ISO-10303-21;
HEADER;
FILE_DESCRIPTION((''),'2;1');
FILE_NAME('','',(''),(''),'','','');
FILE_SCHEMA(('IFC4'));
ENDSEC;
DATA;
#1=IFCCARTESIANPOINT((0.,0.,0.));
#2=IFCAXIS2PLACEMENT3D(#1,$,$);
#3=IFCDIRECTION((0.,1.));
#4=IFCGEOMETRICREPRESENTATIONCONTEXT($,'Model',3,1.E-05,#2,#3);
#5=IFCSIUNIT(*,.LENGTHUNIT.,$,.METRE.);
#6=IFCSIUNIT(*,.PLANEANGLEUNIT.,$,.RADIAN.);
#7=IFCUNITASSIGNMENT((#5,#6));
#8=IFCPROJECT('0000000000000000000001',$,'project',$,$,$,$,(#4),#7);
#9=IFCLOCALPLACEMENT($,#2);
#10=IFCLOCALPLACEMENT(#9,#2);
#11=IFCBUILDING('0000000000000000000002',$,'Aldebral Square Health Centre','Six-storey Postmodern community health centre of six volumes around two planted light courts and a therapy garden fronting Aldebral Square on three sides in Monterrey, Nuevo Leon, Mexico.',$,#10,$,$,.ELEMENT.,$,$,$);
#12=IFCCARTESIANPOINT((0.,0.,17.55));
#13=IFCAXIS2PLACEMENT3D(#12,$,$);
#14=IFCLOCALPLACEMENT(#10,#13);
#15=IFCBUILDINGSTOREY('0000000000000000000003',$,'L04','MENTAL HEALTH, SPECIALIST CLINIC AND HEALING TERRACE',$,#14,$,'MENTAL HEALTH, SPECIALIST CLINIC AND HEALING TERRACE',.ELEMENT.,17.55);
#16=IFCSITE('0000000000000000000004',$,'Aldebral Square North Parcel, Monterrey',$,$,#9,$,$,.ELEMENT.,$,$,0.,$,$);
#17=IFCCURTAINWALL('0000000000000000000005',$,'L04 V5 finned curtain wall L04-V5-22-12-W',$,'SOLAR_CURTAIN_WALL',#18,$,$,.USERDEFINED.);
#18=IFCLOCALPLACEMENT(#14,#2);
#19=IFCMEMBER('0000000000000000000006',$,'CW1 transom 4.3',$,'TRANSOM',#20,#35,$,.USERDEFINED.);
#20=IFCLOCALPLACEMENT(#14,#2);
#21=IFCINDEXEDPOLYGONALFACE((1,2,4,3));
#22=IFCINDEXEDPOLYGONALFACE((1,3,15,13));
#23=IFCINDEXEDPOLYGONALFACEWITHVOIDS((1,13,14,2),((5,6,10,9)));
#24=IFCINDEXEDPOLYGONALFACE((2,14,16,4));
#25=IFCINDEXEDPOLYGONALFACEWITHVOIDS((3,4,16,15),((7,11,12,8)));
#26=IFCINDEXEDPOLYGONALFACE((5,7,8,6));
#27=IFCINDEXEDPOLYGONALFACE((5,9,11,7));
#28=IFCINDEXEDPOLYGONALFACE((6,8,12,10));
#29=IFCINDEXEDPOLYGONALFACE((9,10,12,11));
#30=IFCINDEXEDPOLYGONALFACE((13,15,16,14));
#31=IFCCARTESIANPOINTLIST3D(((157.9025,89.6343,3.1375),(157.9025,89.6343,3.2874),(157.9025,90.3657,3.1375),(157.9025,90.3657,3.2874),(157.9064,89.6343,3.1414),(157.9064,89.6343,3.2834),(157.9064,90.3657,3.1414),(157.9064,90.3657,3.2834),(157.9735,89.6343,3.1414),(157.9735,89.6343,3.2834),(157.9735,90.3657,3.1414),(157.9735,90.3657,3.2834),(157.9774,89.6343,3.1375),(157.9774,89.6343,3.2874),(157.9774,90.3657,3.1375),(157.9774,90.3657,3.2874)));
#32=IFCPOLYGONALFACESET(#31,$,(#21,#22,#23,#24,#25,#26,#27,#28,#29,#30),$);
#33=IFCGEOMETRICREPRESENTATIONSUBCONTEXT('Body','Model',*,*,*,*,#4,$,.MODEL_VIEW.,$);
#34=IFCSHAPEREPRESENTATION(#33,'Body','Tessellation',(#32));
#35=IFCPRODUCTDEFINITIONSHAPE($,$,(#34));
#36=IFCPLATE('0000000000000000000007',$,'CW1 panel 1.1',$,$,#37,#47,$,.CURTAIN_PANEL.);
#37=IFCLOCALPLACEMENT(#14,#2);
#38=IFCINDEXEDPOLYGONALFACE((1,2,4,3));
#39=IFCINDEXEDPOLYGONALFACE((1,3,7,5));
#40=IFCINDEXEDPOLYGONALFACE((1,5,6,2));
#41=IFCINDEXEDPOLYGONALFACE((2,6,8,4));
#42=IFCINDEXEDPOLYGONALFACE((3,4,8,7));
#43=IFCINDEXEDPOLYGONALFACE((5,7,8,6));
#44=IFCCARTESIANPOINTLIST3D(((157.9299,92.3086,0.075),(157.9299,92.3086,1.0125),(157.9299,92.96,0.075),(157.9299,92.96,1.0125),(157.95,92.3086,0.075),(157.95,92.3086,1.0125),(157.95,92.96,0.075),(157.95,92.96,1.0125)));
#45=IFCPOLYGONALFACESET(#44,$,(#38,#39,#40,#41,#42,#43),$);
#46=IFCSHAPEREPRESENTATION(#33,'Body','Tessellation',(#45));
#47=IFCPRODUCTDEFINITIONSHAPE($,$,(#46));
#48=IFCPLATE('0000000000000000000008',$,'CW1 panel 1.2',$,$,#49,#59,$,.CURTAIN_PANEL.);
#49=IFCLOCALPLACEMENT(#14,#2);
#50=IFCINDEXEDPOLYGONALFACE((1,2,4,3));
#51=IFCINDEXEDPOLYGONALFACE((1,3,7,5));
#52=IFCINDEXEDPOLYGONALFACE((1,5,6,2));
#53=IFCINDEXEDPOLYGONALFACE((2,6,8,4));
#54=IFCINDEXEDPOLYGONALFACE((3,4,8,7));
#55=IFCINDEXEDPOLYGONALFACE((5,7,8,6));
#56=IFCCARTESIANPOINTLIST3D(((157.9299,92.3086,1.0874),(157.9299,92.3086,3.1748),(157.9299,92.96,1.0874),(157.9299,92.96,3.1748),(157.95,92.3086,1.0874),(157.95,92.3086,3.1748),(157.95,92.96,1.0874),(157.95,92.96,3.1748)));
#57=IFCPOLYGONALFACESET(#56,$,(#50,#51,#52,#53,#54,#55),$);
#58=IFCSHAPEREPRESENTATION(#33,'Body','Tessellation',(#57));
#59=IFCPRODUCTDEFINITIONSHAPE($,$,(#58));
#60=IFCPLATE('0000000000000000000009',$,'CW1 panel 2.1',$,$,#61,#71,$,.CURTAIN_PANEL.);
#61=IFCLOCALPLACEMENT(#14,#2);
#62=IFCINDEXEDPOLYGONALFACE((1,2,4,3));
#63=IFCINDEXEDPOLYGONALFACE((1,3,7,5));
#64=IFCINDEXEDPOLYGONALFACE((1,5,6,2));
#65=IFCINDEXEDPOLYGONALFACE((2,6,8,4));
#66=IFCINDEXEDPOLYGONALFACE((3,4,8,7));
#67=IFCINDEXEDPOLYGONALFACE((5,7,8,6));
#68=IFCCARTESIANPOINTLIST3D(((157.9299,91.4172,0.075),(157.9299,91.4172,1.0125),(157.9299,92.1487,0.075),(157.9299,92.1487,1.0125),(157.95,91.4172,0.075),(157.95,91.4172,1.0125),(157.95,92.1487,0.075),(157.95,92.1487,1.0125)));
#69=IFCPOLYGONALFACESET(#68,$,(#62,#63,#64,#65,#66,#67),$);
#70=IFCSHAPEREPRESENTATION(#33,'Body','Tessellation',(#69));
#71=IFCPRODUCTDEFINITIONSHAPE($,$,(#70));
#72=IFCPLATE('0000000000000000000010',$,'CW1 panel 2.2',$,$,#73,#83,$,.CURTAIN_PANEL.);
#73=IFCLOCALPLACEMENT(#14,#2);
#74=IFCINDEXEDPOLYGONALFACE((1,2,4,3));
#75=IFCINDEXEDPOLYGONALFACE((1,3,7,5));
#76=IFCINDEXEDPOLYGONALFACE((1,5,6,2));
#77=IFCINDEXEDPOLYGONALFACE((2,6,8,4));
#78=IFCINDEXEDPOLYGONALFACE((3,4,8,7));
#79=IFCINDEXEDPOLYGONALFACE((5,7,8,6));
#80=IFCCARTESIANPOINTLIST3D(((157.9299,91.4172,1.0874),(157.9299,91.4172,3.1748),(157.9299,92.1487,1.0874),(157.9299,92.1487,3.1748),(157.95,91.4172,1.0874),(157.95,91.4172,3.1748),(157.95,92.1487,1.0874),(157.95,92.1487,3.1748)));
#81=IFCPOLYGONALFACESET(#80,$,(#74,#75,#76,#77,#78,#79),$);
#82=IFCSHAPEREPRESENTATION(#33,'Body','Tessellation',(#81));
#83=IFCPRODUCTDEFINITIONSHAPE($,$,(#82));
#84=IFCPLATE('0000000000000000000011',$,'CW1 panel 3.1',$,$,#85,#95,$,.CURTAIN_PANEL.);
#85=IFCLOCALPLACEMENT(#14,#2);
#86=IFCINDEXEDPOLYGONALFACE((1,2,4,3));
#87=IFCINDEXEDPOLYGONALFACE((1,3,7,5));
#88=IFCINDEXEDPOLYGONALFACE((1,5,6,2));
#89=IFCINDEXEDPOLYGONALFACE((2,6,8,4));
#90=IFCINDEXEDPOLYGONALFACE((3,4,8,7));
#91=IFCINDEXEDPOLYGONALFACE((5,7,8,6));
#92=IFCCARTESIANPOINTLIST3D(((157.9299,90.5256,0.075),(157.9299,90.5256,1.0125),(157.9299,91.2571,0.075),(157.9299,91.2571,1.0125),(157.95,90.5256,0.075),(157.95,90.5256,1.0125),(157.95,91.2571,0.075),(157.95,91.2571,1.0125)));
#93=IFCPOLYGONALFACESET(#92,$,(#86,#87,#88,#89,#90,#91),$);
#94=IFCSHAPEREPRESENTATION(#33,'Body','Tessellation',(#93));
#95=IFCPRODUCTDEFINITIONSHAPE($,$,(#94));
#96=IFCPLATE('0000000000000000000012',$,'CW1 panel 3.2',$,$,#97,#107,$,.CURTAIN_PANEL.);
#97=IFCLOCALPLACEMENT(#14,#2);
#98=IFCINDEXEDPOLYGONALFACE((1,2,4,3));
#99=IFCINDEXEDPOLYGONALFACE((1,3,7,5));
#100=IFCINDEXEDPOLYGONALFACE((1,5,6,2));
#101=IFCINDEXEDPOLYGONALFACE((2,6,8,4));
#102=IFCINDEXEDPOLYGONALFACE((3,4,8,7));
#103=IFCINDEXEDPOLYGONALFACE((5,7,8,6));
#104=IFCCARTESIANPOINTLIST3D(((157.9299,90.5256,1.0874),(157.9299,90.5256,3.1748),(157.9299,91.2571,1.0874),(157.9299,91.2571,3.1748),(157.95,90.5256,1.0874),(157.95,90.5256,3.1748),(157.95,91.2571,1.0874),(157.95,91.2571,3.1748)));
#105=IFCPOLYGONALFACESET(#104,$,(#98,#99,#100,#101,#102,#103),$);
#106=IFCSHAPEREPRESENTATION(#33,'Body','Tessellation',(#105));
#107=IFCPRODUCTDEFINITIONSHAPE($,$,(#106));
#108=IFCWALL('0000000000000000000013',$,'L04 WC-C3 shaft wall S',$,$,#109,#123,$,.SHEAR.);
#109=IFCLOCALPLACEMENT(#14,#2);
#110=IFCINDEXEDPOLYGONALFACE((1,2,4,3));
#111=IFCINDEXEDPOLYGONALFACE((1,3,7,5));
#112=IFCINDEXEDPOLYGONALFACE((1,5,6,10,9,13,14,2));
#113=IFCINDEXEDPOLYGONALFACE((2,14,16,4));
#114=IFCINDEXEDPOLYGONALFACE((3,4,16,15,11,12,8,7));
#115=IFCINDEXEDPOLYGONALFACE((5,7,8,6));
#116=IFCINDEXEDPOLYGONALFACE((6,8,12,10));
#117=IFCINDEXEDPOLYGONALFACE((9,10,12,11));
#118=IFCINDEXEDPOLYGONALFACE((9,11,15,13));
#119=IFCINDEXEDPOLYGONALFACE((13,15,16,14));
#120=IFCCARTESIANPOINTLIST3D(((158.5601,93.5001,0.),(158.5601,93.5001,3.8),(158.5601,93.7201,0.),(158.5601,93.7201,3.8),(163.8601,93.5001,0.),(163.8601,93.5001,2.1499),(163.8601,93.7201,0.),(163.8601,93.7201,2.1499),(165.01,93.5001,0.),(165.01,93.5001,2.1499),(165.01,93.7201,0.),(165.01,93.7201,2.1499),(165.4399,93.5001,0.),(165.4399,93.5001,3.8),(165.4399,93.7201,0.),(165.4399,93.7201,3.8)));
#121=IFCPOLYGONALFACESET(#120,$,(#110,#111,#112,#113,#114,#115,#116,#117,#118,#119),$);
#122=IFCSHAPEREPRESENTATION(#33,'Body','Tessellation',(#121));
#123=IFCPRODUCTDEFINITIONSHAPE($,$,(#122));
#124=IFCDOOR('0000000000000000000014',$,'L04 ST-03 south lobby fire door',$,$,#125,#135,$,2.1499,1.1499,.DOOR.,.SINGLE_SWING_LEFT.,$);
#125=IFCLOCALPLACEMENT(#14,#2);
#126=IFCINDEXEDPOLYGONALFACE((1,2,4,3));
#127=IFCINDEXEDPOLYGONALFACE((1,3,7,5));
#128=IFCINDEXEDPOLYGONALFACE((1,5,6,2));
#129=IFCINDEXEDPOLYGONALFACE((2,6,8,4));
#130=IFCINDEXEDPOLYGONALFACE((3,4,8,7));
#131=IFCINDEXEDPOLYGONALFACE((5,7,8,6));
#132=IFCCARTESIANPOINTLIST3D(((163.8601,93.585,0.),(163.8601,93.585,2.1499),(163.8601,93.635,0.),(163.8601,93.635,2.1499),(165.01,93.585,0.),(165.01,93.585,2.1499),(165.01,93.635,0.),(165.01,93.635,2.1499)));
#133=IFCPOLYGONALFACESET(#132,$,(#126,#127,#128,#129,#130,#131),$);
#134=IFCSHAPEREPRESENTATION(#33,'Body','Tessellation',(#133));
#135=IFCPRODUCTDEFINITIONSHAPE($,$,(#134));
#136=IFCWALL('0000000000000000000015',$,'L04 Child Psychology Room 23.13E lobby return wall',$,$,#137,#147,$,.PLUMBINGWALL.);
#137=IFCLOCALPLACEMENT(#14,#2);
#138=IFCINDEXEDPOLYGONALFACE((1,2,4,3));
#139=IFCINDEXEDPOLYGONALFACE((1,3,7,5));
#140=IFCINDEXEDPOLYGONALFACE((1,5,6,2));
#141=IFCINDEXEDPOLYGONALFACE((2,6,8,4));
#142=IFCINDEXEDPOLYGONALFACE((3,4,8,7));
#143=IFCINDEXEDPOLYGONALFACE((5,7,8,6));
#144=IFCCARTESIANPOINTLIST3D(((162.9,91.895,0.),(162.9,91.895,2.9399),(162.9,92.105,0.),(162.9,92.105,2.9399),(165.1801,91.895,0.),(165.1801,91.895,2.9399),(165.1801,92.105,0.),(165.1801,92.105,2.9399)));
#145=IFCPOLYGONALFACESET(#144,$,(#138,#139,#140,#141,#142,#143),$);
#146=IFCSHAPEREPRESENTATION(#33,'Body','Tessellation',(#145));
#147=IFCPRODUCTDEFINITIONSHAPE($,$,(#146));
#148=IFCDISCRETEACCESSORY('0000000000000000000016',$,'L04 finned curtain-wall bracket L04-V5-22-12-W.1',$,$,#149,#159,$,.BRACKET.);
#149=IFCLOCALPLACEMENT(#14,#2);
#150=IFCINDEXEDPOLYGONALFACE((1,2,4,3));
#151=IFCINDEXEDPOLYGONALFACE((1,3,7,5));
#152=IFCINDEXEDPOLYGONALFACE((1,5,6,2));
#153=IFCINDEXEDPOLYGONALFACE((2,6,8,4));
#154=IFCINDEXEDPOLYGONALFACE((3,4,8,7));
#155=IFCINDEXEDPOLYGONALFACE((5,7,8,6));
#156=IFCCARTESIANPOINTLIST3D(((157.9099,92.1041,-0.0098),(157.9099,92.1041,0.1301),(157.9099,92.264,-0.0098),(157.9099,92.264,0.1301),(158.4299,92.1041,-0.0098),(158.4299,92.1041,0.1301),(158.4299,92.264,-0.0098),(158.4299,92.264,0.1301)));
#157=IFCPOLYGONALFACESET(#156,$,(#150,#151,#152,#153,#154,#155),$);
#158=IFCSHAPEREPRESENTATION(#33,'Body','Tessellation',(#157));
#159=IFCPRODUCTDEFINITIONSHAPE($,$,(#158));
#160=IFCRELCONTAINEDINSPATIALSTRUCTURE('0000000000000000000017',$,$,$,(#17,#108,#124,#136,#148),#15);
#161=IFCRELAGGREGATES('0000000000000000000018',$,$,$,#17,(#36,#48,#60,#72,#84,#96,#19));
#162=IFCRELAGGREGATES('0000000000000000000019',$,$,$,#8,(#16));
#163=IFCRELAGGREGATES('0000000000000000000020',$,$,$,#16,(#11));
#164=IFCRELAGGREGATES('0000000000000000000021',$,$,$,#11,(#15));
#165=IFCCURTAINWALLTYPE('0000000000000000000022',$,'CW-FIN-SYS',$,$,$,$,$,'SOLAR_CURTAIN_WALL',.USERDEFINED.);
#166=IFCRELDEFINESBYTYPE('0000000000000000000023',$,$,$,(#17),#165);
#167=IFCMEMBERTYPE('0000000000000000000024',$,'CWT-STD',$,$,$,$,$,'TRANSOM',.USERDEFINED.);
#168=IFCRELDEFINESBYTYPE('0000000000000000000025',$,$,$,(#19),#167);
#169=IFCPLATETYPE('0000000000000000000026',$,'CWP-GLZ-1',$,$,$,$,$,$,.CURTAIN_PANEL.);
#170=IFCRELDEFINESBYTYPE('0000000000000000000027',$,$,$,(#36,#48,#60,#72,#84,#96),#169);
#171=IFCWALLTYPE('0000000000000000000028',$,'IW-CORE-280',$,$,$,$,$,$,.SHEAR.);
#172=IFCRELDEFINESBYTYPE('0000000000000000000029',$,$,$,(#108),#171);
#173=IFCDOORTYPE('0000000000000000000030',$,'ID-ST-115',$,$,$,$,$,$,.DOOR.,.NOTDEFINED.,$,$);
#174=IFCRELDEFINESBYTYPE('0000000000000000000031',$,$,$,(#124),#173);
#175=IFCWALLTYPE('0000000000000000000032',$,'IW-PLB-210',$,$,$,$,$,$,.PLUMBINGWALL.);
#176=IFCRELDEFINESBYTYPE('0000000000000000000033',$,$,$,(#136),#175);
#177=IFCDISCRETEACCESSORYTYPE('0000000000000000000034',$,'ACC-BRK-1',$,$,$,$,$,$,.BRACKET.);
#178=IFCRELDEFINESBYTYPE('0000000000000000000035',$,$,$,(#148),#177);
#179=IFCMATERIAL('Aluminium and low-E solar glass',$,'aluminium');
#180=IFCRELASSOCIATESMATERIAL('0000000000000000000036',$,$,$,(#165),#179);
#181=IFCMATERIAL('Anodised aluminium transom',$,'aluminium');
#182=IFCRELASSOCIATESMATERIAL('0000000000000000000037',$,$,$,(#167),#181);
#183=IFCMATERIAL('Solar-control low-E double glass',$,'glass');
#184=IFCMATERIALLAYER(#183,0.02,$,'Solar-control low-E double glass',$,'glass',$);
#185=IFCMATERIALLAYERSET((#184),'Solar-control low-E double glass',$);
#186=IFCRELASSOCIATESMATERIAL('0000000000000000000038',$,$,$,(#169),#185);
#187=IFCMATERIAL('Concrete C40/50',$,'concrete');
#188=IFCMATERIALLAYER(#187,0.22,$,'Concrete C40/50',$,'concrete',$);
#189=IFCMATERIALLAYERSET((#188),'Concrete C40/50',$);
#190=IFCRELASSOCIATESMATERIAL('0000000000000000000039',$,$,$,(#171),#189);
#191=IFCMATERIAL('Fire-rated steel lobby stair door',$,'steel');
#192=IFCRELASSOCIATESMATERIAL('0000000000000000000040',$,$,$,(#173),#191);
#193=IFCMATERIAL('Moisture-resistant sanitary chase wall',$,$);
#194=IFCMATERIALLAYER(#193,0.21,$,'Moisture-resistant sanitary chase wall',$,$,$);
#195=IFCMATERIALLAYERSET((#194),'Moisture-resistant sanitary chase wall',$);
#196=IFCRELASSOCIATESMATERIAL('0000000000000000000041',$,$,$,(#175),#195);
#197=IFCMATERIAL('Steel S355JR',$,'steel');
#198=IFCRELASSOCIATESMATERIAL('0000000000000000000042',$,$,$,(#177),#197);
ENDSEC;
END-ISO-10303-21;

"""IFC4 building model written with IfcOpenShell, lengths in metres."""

from ifc_helpers import new_model, si_unit, direction, frame, frame_2d, origin, origin_2d, place, context, subcontext, project, spatial, rectangle, hollow_rectangle, extrude, material, layer, layer_set, material_profile, profile_set, type_object, element, fill, aggregate, save


model = new_model("IFC4")

# Units and contexts
model_context = context("Model", 3, precision=1e-05, world=origin(), true_north=direction((0.0, 1.0)))
body_context = subcontext(model_context, "Body", "Model", "MODEL_VIEW")
ifc_project = project(units=[si_unit("LENGTHUNIT", "METRE"), si_unit("PLANEANGLEUNIT", "RADIAN")], contexts=[model_context])

# Site, building, storey
site_placement = place(None, origin())
site = spatial("IfcSite", under=ifc_project, at=site_placement, Name="Aldebral Square North Parcel, Monterrey", CompositionType="ELEMENT", RefElevation=0.0)
building_placement = place(site_placement, origin())
building = spatial("IfcBuilding", under=site, at=building_placement, Name="Aldebral Square Health Centre", Description="Six-storey Postmodern community health centre of six volumes around two planted light courts and a therapy garden fronting Aldebral Square on three sides in Monterrey, Nuevo Leon, Mexico.", CompositionType="ELEMENT")
storey_placement = place(building_placement, frame((0.0, 0.0, 17.55)))
storey = spatial("IfcBuildingStorey", under=building, at=storey_placement, Name="L04", Description="MENTAL HEALTH, SPECIALIST CLINIC AND HEALING TERRACE", LongName="MENTAL HEALTH, SPECIALIST CLINIC AND HEALING TERRACE", CompositionType="ELEMENT", Elevation=17.55)

# Shared definitions
ifc_material_1 = material(Name="Concrete C40/50", Category="concrete")

# Curtain wall, member, plates
ifc_material_2 = material(Name="Aluminium and low-E solar glass", Category="aluminium")
curtain_wall_type = type_object("IfcCurtainWallType", Name="CW-FIN-SYS", ElementType="SOLAR_CURTAIN_WALL", PredefinedType="USERDEFINED", material=ifc_material_2)
curtain_wall_placement = place(storey_placement, origin())
curtain_wall = element("IfcCurtainWall", 1, at=curtain_wall_placement, inside=storey, type_object=curtain_wall_type, Name="L04 V5 finned curtain wall L04-V5-22-12-W", ObjectType="SOLAR_CURTAIN_WALL", PredefinedType="USERDEFINED")
ifc_material_3 = material(Name="Anodised aluminium transom", Category="aluminium")
ifc_material_profile_1 = material_profile(ifc_material_3, hollow_rectangle(XDim=0.075, YDim=0.1499, WallThickness=0.0039, at=origin_2d()), Name="CWT 75x150x4")
ifc_profile_set_1 = profile_set([ifc_material_profile_1], Name="Anodised aluminium transom")
member_type = type_object("IfcMemberType", Name="CWT-STD", ElementType="TRANSOM", PredefinedType="USERDEFINED", material=ifc_profile_set_1)
member_1_placement = place(storey_placement, frame((157.9399, 90.3657, 3.2124), z_axis=(0.0, -1.0, 0.0), x_axis=(1.0, 0.0, 0.0)))
member_1 = element("IfcMember", 2, at=member_1_placement, type_object=member_type, Name="CW1 transom 4.3", ObjectType="TRANSOM", PredefinedType="USERDEFINED", context=body_context, shape_type="SweptSolid", body=[
    extrude(hollow_rectangle(XDim=0.075, YDim=0.1499, WallThickness=0.0039, at=origin_2d()), origin(), (0.0, 0.0, 1.0), 0.7314),
])
ifc_material_4 = material(Name="Solar-control low-E double glass", Category="glass")
ifc_layer_1 = layer(ifc_material_4, 0.02, Name="Solar-control low-E double glass", Category="glass")
ifc_layer_set_1 = layer_set([ifc_layer_1], Name="Solar-control low-E double glass")
plate_type = type_object("IfcPlateType", Name="CWP-GLZ-1", PredefinedType="CURTAIN_PANEL", material=ifc_layer_set_1)
plate_1_placement = place(storey_placement, frame((157.9399, 92.6343, 0.075), z_axis=(0.0, 0.0, 1.0), x_axis=(0.0, -1.0, 0.0)))
plate_1 = element("IfcPlate", 3, at=plate_1_placement, type_object=plate_type, Name="CW1 panel 1.1", PredefinedType="CURTAIN_PANEL", context=body_context, shape_type="SweptSolid", body=[
    extrude(rectangle(XDim=0.6514, YDim=0.02, at=origin_2d()), origin(), (0.0, 0.0, 1.0), 0.9375),
])
plate_2_placement = place(storey_placement, frame((157.9399, 92.6343, 1.0874), z_axis=(0.0, 0.0, 1.0), x_axis=(0.0, -1.0, 0.0)))
plate_2 = element("IfcPlate", 4, at=plate_2_placement, type_object=plate_type, Name="CW1 panel 1.2", PredefinedType="CURTAIN_PANEL", context=body_context, shape_type="SweptSolid", body=[
    extrude(rectangle(XDim=0.6514, YDim=0.02, at=origin_2d()), origin(), (0.0, 0.0, 1.0), 2.0874),
])
plate_3_placement = place(storey_placement, frame((157.9399, 91.783, 0.075), z_axis=(0.0, 0.0, 1.0), x_axis=(0.0, -1.0, 0.0)))
plate_3 = element("IfcPlate", 5, at=plate_3_placement, type_object=plate_type, Name="CW1 panel 2.1", PredefinedType="CURTAIN_PANEL", context=body_context, shape_type="SweptSolid", body=[
    extrude(rectangle(XDim=0.7314, YDim=0.02, at=origin_2d()), origin(), (0.0, 0.0, 1.0), 0.9375),
])
plate_4_placement = place(storey_placement, frame((157.9399, 91.783, 1.0874), z_axis=(0.0, 0.0, 1.0), x_axis=(0.0, -1.0, 0.0)))
plate_4 = element("IfcPlate", 6, at=plate_4_placement, type_object=plate_type, Name="CW1 panel 2.2", PredefinedType="CURTAIN_PANEL", context=body_context, shape_type="SweptSolid", body=[
    extrude(rectangle(XDim=0.7314, YDim=0.02, at=origin_2d()), origin(), (0.0, 0.0, 1.0), 2.0874),
])
plate_5_placement = place(storey_placement, frame((157.9399, 90.8914, 0.075), z_axis=(0.0, 0.0, 1.0), x_axis=(0.0, -1.0, 0.0)))
plate_5 = element("IfcPlate", 7, at=plate_5_placement, type_object=plate_type, Name="CW1 panel 3.1", PredefinedType="CURTAIN_PANEL", context=body_context, shape_type="SweptSolid", body=[
    extrude(rectangle(XDim=0.7314, YDim=0.02, at=origin_2d()), origin(), (0.0, 0.0, 1.0), 0.9375),
])
plate_6_placement = place(storey_placement, frame((157.9399, 90.8914, 1.0874), z_axis=(0.0, 0.0, 1.0), x_axis=(0.0, -1.0, 0.0)))
plate_6 = element("IfcPlate", 8, at=plate_6_placement, type_object=plate_type, Name="CW1 panel 3.2", PredefinedType="CURTAIN_PANEL", context=body_context, shape_type="SweptSolid", body=[
    extrude(rectangle(XDim=0.7314, YDim=0.02, at=origin_2d()), origin(), (0.0, 0.0, 1.0), 2.0874),
])
aggregate(curtain_wall, [plate_1, plate_2, plate_3, plate_4, plate_5, plate_6, member_1])

# Wall, opening, door
ifc_layer_2 = layer(ifc_material_1, 0.22, Name="Concrete C40/50", Category="concrete")
ifc_layer_set_2 = layer_set([ifc_layer_2], Name="Concrete C40/50")
wall_type_1 = type_object("IfcWallType", Name="IW-CORE-280", PredefinedType="SHEAR", material=ifc_layer_set_2)
wall_1_placement = place(storey_placement, frame((158.5601, 93.6101, 0.0), z_axis=(0.0, 0.0, 1.0), x_axis=(1.0, 0.0, 0.0)))
wall_1 = element("IfcWall", 9, at=wall_1_placement, inside=storey, type_object=wall_type_1, Name="L04 WC-C3 shaft wall S", PredefinedType="SHEAR", context=body_context, shape_type="SweptSolid", body=[
    extrude(rectangle(XDim=6.8799, YDim=0.22, at=frame_2d((3.4399, 0.0))), origin(), (0.0, 0.0, 1.0), 3.8),
])
opening_placement = place(wall_1_placement, frame((5.3, 0.0, 0.0)))
opening = element("IfcOpeningElement", 10, at=opening_placement, cuts=wall_1, PredefinedType="OPENING", context=body_context, shape_type="SweptSolid", body=[
    extrude(rectangle(XDim=1.1499, YDim=2.1499, at=frame_2d((0.575, 1.075))), frame((0.0, 0.1201, 0.0), z_axis=(0.0, -1.0, 0.0), x_axis=(1.0, 0.0, 0.0)), (0.0, 0.0, 1.0), 0.24),
])
ifc_material_5 = material(Name="Fire-rated steel lobby stair door", Category="steel")
door_type = type_object("IfcDoorType", Name="ID-ST-115", OperationType="NOTDEFINED", PredefinedType="DOOR", material=ifc_material_5)
door_placement = place(opening_placement, origin())
door = element("IfcDoor", 11, at=door_placement, inside=storey, type_object=door_type, Name="L04 ST-03 south lobby fire door", OperationType="SINGLE_SWING_LEFT", OverallHeight=2.1499, OverallWidth=1.1499, PredefinedType="DOOR", context=body_context, shape_type="SweptSolid", body=[
    extrude(rectangle(XDim=1.1499, YDim=2.1499, at=frame_2d((0.575, 1.075))), frame((0.0, 0.0249, 0.0), z_axis=(0.0, -1.0, 0.0), x_axis=(1.0, 0.0, 0.0)), (0.0, 0.0, 1.0), 0.05),
])
fill(opening, door)

# Wall
ifc_material_6 = material(Name="Moisture-resistant sanitary chase wall")
ifc_layer_3 = layer(ifc_material_6, 0.21, Name="Moisture-resistant sanitary chase wall")
ifc_layer_set_3 = layer_set([ifc_layer_3], Name="Moisture-resistant sanitary chase wall")
wall_type_2 = type_object("IfcWallType", Name="IW-PLB-210", PredefinedType="PLUMBINGWALL", material=ifc_layer_set_3)
wall_2_placement = place(storey_placement, frame((162.8999, 92.0, 0.0), z_axis=(0.0, 0.0, 1.0), x_axis=(1.0, 0.0, 0.0)))
element("IfcWall", 12, at=wall_2_placement, inside=storey, type_object=wall_type_2, Name="L04 Child Psychology Room 23.13E lobby return wall", PredefinedType="PLUMBINGWALL", context=body_context, shape_type="SweptSolid", body=[
    extrude(rectangle(XDim=2.28, YDim=0.21, at=frame_2d((1.1401, 0.0))), origin(), (0.0, 0.0, 1.0), 2.9399),
])

# Discrete accessory
ifc_material_7 = material(Name="Steel S355JR", Category="steel")
discrete_accessory_type = type_object("IfcDiscreteAccessoryType", Name="ACC-BRK-1", PredefinedType="BRACKET", material=ifc_material_7)
discrete_accessory_placement = place(storey_placement, frame((158.1699, 92.1841, -0.0098), z_axis=(0.0, 0.0, 1.0), x_axis=(0.0, 1.0, 0.0)))
element("IfcDiscreteAccessory", 13, at=discrete_accessory_placement, inside=storey, type_object=discrete_accessory_type, Name="L04 finned curtain-wall bracket L04-V5-22-12-W.1", PredefinedType="BRACKET", context=body_context, shape_type="SweptSolid", body=[
    extrude(rectangle(XDim=0.1599, YDim=0.52, at=origin_2d()), origin(), (0.0, 0.0, 1.0), 0.1399),
])

save(model, "model.ifc")
